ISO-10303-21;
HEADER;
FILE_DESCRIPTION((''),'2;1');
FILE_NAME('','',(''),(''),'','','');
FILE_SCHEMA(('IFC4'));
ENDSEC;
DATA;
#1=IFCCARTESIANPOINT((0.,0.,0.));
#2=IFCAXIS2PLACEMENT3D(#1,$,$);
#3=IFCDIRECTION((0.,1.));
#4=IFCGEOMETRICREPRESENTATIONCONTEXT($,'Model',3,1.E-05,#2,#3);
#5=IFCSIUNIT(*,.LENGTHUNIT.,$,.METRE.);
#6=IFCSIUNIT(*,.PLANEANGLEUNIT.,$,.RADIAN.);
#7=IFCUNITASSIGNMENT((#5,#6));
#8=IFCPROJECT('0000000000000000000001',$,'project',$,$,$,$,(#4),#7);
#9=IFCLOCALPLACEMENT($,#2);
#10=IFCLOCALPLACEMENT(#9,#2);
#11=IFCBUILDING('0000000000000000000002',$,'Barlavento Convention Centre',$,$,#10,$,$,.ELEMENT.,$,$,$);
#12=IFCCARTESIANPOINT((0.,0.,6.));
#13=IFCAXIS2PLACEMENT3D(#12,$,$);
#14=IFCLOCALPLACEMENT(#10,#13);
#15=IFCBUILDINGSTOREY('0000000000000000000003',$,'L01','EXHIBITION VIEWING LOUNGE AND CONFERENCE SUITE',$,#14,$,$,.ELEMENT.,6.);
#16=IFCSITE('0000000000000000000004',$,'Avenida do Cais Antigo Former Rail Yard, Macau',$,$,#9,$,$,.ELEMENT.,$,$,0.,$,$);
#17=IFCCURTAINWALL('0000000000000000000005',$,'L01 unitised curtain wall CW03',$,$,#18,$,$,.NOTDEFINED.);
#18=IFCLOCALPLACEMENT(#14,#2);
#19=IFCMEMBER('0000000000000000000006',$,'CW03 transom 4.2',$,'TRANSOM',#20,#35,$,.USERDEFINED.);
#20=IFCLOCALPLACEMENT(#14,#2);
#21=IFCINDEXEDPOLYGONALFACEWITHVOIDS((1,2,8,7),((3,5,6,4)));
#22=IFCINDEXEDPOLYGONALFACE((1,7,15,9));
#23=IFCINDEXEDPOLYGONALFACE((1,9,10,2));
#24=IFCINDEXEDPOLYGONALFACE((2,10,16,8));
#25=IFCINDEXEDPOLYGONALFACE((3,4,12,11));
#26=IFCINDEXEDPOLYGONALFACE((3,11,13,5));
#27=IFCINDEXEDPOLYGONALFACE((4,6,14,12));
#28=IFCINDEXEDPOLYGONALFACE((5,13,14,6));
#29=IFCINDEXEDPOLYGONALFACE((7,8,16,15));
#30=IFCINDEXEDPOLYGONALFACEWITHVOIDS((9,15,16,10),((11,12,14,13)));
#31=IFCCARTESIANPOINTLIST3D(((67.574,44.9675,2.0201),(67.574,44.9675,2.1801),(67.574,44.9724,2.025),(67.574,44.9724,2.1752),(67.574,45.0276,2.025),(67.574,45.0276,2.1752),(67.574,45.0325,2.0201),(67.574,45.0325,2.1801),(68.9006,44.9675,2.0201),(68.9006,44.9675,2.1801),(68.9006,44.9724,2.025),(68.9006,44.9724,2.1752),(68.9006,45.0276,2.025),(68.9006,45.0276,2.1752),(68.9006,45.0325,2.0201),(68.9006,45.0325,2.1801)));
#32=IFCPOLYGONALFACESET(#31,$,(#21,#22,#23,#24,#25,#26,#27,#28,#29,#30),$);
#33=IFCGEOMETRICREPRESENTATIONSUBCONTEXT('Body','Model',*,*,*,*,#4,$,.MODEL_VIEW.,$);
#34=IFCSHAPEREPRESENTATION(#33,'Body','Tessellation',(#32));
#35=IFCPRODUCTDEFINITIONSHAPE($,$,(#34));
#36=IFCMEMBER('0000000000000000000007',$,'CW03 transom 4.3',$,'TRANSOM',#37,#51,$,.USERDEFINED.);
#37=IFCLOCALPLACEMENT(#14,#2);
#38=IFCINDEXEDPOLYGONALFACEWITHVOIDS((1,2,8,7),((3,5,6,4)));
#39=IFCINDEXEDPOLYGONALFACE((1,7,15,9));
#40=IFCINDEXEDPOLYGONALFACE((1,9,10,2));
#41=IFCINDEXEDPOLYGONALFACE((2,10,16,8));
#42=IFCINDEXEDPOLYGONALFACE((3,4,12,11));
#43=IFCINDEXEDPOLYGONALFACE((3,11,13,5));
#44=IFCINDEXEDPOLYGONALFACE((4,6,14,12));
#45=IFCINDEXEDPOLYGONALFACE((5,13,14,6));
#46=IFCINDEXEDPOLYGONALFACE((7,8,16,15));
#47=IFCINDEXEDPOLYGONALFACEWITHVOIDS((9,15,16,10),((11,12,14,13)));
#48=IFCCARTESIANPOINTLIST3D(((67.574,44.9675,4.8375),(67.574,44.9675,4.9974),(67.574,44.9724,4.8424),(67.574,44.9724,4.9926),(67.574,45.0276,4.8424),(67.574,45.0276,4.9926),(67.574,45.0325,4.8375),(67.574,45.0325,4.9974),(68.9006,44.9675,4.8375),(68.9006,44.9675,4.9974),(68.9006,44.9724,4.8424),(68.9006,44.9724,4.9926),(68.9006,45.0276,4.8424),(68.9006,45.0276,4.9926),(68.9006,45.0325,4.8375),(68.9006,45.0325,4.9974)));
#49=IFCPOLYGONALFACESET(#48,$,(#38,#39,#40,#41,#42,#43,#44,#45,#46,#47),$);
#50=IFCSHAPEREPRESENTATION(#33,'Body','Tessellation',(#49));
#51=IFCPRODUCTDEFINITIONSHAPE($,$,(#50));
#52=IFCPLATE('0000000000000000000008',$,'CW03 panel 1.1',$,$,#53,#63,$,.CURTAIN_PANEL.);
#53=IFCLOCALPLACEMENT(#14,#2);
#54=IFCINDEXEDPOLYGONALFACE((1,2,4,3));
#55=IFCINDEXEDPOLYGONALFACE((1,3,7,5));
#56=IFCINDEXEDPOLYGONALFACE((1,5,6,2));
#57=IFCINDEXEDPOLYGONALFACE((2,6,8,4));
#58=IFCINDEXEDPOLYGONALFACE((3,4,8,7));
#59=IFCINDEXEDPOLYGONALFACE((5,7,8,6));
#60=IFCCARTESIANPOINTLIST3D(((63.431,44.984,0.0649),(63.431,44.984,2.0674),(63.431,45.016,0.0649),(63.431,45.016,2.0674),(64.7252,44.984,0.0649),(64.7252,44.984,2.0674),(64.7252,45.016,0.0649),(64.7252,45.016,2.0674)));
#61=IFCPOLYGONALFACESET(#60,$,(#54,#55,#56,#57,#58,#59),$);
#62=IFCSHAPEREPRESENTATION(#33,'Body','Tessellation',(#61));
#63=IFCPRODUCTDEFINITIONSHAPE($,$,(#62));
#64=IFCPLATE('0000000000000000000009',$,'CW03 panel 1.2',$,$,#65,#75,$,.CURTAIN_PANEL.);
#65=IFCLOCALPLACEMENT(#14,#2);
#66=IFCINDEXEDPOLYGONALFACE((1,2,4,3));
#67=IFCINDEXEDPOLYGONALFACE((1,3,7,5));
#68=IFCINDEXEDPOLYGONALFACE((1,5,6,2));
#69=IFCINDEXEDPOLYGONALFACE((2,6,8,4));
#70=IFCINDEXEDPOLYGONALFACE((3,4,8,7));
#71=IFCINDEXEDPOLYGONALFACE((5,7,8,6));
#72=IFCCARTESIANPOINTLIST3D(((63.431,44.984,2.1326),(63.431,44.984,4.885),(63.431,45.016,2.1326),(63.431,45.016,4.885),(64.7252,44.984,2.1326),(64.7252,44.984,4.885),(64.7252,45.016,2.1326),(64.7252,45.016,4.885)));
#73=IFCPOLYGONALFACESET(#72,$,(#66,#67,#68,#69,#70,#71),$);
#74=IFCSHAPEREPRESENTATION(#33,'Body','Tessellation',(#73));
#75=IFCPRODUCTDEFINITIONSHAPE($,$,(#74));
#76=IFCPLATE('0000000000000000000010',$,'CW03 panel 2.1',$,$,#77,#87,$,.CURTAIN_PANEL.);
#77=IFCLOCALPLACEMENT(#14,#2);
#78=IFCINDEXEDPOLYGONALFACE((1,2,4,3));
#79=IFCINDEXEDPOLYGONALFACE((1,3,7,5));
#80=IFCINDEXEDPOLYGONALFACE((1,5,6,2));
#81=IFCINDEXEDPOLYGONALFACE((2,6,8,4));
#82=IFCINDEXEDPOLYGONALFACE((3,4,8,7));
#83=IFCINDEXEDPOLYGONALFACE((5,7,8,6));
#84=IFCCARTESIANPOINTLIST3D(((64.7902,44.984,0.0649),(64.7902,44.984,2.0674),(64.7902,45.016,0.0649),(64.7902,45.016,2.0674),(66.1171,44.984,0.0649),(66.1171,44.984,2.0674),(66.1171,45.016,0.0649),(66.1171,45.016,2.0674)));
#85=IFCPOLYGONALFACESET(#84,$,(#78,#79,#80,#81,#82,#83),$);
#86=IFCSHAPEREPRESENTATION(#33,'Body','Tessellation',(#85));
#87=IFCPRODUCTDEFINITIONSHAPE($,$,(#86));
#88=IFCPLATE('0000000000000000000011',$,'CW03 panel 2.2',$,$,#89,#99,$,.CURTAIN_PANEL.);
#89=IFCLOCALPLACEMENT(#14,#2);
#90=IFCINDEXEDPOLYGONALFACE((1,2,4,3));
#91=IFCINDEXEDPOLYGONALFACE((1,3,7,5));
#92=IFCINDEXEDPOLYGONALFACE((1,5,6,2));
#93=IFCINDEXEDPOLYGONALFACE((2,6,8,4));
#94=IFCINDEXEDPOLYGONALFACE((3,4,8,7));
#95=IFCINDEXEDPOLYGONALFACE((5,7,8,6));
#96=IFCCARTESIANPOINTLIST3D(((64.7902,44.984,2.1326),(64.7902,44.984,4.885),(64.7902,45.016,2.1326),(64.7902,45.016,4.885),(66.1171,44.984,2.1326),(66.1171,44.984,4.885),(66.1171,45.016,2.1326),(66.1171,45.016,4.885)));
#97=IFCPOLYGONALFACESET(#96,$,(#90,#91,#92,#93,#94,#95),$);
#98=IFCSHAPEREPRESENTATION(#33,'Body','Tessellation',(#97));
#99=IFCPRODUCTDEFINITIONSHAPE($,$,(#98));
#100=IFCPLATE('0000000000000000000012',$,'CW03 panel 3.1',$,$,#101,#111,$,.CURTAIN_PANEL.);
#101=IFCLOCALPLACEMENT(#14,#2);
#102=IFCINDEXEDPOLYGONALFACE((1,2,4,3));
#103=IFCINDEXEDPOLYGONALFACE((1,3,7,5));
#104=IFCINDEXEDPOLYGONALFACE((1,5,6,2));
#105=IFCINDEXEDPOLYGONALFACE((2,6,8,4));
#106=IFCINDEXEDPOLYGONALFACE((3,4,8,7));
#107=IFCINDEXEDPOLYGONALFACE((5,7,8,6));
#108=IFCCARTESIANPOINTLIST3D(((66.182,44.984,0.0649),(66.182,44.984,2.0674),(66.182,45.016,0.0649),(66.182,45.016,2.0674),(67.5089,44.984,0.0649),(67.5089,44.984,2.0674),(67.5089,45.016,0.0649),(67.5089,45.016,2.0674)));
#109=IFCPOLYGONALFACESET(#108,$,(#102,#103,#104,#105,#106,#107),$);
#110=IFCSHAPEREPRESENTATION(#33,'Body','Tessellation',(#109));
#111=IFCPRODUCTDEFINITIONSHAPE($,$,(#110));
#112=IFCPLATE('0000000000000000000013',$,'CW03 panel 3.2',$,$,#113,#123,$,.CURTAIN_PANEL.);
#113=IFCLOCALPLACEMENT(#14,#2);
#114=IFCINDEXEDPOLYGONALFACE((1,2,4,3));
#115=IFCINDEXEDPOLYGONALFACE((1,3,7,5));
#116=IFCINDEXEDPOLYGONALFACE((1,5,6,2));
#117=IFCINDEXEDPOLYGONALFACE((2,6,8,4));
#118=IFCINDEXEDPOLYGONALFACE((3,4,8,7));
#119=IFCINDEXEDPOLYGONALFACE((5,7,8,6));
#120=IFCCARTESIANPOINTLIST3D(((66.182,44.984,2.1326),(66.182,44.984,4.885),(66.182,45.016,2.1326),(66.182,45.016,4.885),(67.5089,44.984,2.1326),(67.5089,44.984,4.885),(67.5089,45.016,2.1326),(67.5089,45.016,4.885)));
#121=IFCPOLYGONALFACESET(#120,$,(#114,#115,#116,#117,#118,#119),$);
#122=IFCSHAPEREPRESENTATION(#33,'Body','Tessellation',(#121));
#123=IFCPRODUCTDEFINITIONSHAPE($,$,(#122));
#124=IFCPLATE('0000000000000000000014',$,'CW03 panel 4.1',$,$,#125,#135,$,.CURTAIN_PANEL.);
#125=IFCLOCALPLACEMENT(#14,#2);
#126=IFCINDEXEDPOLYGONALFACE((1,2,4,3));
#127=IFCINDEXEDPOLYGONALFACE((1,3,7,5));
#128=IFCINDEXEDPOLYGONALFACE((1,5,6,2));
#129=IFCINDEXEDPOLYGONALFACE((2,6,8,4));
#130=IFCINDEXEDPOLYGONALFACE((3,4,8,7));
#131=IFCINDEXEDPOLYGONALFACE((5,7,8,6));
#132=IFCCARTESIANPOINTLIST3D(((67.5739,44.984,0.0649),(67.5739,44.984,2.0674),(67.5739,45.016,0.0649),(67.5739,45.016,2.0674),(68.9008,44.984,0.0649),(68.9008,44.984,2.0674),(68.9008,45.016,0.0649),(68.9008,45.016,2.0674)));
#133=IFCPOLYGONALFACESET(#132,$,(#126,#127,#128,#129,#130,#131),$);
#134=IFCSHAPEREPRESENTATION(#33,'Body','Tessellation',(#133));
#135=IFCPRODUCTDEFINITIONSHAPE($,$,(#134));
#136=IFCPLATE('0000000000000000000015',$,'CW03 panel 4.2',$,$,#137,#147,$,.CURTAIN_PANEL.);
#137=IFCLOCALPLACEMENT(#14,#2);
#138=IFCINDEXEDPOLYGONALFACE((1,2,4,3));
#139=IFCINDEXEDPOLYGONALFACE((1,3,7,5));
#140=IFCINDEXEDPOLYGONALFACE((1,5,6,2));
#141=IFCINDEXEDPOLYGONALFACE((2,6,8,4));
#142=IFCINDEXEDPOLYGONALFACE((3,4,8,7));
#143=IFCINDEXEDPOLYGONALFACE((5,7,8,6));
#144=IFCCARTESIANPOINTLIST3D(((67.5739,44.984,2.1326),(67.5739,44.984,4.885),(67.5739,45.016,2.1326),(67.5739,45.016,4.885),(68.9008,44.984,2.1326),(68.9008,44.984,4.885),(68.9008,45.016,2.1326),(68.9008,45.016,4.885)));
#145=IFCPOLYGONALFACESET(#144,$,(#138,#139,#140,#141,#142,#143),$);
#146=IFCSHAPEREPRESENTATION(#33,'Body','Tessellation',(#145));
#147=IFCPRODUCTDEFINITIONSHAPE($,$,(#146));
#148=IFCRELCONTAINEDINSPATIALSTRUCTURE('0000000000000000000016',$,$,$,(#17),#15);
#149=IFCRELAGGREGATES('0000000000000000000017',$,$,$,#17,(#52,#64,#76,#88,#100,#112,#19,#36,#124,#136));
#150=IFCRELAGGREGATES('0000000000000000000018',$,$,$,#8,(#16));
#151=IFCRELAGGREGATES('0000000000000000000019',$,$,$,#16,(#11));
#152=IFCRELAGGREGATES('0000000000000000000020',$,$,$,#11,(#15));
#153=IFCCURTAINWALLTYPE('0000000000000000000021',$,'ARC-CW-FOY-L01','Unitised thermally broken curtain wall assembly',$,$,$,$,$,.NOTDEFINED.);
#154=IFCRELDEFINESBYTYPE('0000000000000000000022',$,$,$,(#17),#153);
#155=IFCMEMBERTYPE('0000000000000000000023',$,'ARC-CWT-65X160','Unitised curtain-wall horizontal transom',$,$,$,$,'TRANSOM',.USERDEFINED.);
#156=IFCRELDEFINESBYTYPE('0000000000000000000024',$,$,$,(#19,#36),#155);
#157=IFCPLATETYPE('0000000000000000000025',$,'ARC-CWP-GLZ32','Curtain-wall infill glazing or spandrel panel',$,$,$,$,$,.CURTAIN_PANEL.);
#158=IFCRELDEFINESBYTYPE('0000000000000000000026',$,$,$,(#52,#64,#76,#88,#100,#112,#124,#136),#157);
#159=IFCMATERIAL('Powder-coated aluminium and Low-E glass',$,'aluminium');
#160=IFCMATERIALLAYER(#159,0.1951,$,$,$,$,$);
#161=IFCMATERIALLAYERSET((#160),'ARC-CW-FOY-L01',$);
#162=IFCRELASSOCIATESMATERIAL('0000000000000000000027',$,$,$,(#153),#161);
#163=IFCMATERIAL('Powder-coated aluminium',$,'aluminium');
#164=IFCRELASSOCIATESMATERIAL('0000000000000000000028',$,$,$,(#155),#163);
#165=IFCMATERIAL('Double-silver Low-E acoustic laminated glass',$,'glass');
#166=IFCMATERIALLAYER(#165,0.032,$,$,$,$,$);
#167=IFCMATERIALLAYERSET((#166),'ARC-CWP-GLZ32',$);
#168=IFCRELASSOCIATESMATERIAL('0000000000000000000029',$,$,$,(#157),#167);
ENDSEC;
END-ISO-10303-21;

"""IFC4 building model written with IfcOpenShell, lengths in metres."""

from ifc_helpers import new_model, si_unit, direction, frame, origin, origin_2d, place, context, subcontext, project, spatial, rectangle, hollow_rectangle, extrude, material, layer, layer_set, material_profile, profile_set, type_object, element, aggregate, save


model = new_model("IFC4")

# Units and contexts
model_context = context("Model", 3, precision=1e-05, world=origin(), true_north=direction((0.0, 1.0)))
body_context = subcontext(model_context, "Body", "Model", "MODEL_VIEW")
ifc_project = project(units=[si_unit("LENGTHUNIT", "METRE"), si_unit("PLANEANGLEUNIT", "RADIAN")], contexts=[model_context])

# Site, building, storey
site_placement = place(None, origin())
site = spatial("IfcSite", under=ifc_project, at=site_placement, Name="Avenida do Cais Antigo Former Rail Yard, Macau", CompositionType="ELEMENT", RefElevation=0.0)
building_placement = place(site_placement, origin())
building = spatial("IfcBuilding", under=site, at=building_placement, Name="Barlavento Convention Centre", CompositionType="ELEMENT")
storey_placement = place(building_placement, frame((0.0, 0.0, 6.0)))
storey = spatial("IfcBuildingStorey", under=building, at=storey_placement, Name="L01", Description="EXHIBITION VIEWING LOUNGE AND CONFERENCE SUITE", CompositionType="ELEMENT", Elevation=6.0)

# Curtain wall, members, plates
ifc_material_1 = material(Name="Powder-coated aluminium and Low-E glass", Category="aluminium")
ifc_layer_1 = layer(ifc_material_1, 0.1951)
ifc_layer_set_1 = layer_set([ifc_layer_1], Name="ARC-CW-FOY-L01")
curtain_wall_type = type_object("IfcCurtainWallType", Name="ARC-CW-FOY-L01", Description="Unitised thermally broken curtain wall assembly", PredefinedType="NOTDEFINED", material=ifc_layer_set_1)
curtain_wall_placement = place(storey_placement, origin())
curtain_wall = element("IfcCurtainWall", 1, at=curtain_wall_placement, inside=storey, type_object=curtain_wall_type, Name="L01 unitised curtain wall CW03", PredefinedType="NOTDEFINED")
ifc_material_2 = material(Name="Powder-coated aluminium", Category="aluminium")
ifc_material_profile_1 = material_profile(ifc_material_2, hollow_rectangle(XDim=0.0649, YDim=0.1599, WallThickness=0.0049, at=origin_2d()), Name="AL-TRAN 65x160x5")
ifc_profile_set_1 = profile_set([ifc_material_profile_1], Name="Powder-coated aluminium")
member_type_1 = type_object("IfcMemberType", Name="ARC-CWT-65X160", Description="Unitised curtain-wall horizontal transom", ElementType="TRANSOM", PredefinedType="USERDEFINED", material=ifc_profile_set_1)
member_1_placement = place(storey_placement, frame((67.574, 45.0, 2.1001), z_axis=(1.0, 0.0, 0.0), x_axis=(0.0, 1.0, 0.0)))
member_1 = element("IfcMember", 2, at=member_1_placement, type_object=member_type_1, Name="CW03 transom 4.2", ObjectType="TRANSOM", PredefinedType="USERDEFINED", context=body_context, shape_type="SweptSolid", body=[
    extrude(hollow_rectangle(XDim=0.0649, YDim=0.1599, WallThickness=0.0049, at=origin_2d()), origin(), (0.0, 0.0, 1.0), 1.3267),
])
member_2_placement = place(storey_placement, frame((67.574, 45.0, 4.9175), z_axis=(1.0, 0.0, 0.0), x_axis=(0.0, 1.0, 0.0)))
member_2 = element("IfcMember", 3, at=member_2_placement, type_object=member_type_1, Name="CW03 transom 4.3", ObjectType="TRANSOM", PredefinedType="USERDEFINED", context=body_context, shape_type="SweptSolid", body=[
    extrude(hollow_rectangle(XDim=0.0649, YDim=0.1599, WallThickness=0.0049, at=origin_2d()), origin(), (0.0, 0.0, 1.0), 1.3267),
])
ifc_material_3 = material(Name="Double-silver Low-E acoustic laminated glass", Category="glass")
ifc_layer_2 = layer(ifc_material_3, 0.032)
ifc_layer_set_2 = layer_set([ifc_layer_2], Name="ARC-CWP-GLZ32")
plate_type = type_object("IfcPlateType", Name="ARC-CWP-GLZ32", Description="Curtain-wall infill glazing or spandrel panel", PredefinedType="CURTAIN_PANEL", material=ifc_layer_set_2)
plate_1_placement = place(storey_placement, frame((64.0781, 45.0, 0.0649), z_axis=(0.0, 0.0, 1.0), x_axis=(1.0, 0.0, 0.0)))
plate_1 = element("IfcPlate", 4, at=plate_1_placement, type_object=plate_type, Name="CW03 panel 1.1", PredefinedType="CURTAIN_PANEL", context=body_context, shape_type="SweptSolid", body=[
    extrude(rectangle(XDim=1.2942, YDim=0.032, at=origin_2d()), origin(), (0.0, 0.0, 1.0), 2.0024),
])
plate_2_placement = place(storey_placement, frame((64.0781, 45.0, 2.1326), z_axis=(0.0, 0.0, 1.0), x_axis=(1.0, 0.0, 0.0)))
plate_2 = element("IfcPlate", 5, at=plate_2_placement, type_object=plate_type, Name="CW03 panel 1.2", PredefinedType="CURTAIN_PANEL", context=body_context, shape_type="SweptSolid", body=[
    extrude(rectangle(XDim=1.2942, YDim=0.032, at=origin_2d()), origin(), (0.0, 0.0, 1.0), 2.7524),
])
plate_3_placement = place(storey_placement, frame((65.4536, 45.0, 0.0649), z_axis=(0.0, 0.0, 1.0), x_axis=(1.0, 0.0, 0.0)))
plate_3 = element("IfcPlate", 6, at=plate_3_placement, type_object=plate_type, Name="CW03 panel 2.1", PredefinedType="CURTAIN_PANEL", context=body_context, shape_type="SweptSolid", body=[
    extrude(rectangle(XDim=1.3269, YDim=0.032, at=origin_2d()), origin(), (0.0, 0.0, 1.0), 2.0024),
])
plate_4_placement = place(storey_placement, frame((65.4536, 45.0, 2.1326), z_axis=(0.0, 0.0, 1.0), x_axis=(1.0, 0.0, 0.0)))
plate_4 = element("IfcPlate", 7, at=plate_4_placement, type_object=plate_type, Name="CW03 panel 2.2", PredefinedType="CURTAIN_PANEL", context=body_context, shape_type="SweptSolid", body=[
    extrude(rectangle(XDim=1.3269, YDim=0.032, at=origin_2d()), origin(), (0.0, 0.0, 1.0), 2.7524),
])
plate_5_placement = place(storey_placement, frame((66.8455, 45.0, 0.0649), z_axis=(0.0, 0.0, 1.0), x_axis=(1.0, 0.0, 0.0)))
plate_5 = element("IfcPlate", 8, at=plate_5_placement, type_object=plate_type, Name="CW03 panel 3.1", PredefinedType="CURTAIN_PANEL", context=body_context, shape_type="SweptSolid", body=[
    extrude(rectangle(XDim=1.3269, YDim=0.032, at=origin_2d()), origin(), (0.0, 0.0, 1.0), 2.0024),
])
plate_6_placement = place(storey_placement, frame((66.8455, 45.0, 2.1326), z_axis=(0.0, 0.0, 1.0), x_axis=(1.0, 0.0, 0.0)))
plate_6 = element("IfcPlate", 9, at=plate_6_placement, type_object=plate_type, Name="CW03 panel 3.2", PredefinedType="CURTAIN_PANEL", context=body_context, shape_type="SweptSolid", body=[
    extrude(rectangle(XDim=1.3269, YDim=0.032, at=origin_2d()), origin(), (0.0, 0.0, 1.0), 2.7524),
])
plate_7_placement = place(storey_placement, frame((68.2373, 45.0, 0.0649), z_axis=(0.0, 0.0, 1.0), x_axis=(1.0, 0.0, 0.0)))
plate_7 = element("IfcPlate", 10, at=plate_7_placement, type_object=plate_type, Name="CW03 panel 4.1", PredefinedType="CURTAIN_PANEL", context=body_context, shape_type="SweptSolid", body=[
    extrude(rectangle(XDim=1.3269, YDim=0.032, at=origin_2d()), origin(), (0.0, 0.0, 1.0), 2.0024),
])
plate_8_placement = place(storey_placement, frame((68.2373, 45.0, 2.1326), z_axis=(0.0, 0.0, 1.0), x_axis=(1.0, 0.0, 0.0)))
plate_8 = element("IfcPlate", 11, at=plate_8_placement, type_object=plate_type, Name="CW03 panel 4.2", PredefinedType="CURTAIN_PANEL", context=body_context, shape_type="SweptSolid", body=[
    extrude(rectangle(XDim=1.3269, YDim=0.032, at=origin_2d()), origin(), (0.0, 0.0, 1.0), 2.7524),
])
aggregate(curtain_wall, [plate_1, plate_2, plate_3, plate_4, plate_5, plate_6, member_1, member_2, plate_7, plate_8])

save(model, "model.ifc")
